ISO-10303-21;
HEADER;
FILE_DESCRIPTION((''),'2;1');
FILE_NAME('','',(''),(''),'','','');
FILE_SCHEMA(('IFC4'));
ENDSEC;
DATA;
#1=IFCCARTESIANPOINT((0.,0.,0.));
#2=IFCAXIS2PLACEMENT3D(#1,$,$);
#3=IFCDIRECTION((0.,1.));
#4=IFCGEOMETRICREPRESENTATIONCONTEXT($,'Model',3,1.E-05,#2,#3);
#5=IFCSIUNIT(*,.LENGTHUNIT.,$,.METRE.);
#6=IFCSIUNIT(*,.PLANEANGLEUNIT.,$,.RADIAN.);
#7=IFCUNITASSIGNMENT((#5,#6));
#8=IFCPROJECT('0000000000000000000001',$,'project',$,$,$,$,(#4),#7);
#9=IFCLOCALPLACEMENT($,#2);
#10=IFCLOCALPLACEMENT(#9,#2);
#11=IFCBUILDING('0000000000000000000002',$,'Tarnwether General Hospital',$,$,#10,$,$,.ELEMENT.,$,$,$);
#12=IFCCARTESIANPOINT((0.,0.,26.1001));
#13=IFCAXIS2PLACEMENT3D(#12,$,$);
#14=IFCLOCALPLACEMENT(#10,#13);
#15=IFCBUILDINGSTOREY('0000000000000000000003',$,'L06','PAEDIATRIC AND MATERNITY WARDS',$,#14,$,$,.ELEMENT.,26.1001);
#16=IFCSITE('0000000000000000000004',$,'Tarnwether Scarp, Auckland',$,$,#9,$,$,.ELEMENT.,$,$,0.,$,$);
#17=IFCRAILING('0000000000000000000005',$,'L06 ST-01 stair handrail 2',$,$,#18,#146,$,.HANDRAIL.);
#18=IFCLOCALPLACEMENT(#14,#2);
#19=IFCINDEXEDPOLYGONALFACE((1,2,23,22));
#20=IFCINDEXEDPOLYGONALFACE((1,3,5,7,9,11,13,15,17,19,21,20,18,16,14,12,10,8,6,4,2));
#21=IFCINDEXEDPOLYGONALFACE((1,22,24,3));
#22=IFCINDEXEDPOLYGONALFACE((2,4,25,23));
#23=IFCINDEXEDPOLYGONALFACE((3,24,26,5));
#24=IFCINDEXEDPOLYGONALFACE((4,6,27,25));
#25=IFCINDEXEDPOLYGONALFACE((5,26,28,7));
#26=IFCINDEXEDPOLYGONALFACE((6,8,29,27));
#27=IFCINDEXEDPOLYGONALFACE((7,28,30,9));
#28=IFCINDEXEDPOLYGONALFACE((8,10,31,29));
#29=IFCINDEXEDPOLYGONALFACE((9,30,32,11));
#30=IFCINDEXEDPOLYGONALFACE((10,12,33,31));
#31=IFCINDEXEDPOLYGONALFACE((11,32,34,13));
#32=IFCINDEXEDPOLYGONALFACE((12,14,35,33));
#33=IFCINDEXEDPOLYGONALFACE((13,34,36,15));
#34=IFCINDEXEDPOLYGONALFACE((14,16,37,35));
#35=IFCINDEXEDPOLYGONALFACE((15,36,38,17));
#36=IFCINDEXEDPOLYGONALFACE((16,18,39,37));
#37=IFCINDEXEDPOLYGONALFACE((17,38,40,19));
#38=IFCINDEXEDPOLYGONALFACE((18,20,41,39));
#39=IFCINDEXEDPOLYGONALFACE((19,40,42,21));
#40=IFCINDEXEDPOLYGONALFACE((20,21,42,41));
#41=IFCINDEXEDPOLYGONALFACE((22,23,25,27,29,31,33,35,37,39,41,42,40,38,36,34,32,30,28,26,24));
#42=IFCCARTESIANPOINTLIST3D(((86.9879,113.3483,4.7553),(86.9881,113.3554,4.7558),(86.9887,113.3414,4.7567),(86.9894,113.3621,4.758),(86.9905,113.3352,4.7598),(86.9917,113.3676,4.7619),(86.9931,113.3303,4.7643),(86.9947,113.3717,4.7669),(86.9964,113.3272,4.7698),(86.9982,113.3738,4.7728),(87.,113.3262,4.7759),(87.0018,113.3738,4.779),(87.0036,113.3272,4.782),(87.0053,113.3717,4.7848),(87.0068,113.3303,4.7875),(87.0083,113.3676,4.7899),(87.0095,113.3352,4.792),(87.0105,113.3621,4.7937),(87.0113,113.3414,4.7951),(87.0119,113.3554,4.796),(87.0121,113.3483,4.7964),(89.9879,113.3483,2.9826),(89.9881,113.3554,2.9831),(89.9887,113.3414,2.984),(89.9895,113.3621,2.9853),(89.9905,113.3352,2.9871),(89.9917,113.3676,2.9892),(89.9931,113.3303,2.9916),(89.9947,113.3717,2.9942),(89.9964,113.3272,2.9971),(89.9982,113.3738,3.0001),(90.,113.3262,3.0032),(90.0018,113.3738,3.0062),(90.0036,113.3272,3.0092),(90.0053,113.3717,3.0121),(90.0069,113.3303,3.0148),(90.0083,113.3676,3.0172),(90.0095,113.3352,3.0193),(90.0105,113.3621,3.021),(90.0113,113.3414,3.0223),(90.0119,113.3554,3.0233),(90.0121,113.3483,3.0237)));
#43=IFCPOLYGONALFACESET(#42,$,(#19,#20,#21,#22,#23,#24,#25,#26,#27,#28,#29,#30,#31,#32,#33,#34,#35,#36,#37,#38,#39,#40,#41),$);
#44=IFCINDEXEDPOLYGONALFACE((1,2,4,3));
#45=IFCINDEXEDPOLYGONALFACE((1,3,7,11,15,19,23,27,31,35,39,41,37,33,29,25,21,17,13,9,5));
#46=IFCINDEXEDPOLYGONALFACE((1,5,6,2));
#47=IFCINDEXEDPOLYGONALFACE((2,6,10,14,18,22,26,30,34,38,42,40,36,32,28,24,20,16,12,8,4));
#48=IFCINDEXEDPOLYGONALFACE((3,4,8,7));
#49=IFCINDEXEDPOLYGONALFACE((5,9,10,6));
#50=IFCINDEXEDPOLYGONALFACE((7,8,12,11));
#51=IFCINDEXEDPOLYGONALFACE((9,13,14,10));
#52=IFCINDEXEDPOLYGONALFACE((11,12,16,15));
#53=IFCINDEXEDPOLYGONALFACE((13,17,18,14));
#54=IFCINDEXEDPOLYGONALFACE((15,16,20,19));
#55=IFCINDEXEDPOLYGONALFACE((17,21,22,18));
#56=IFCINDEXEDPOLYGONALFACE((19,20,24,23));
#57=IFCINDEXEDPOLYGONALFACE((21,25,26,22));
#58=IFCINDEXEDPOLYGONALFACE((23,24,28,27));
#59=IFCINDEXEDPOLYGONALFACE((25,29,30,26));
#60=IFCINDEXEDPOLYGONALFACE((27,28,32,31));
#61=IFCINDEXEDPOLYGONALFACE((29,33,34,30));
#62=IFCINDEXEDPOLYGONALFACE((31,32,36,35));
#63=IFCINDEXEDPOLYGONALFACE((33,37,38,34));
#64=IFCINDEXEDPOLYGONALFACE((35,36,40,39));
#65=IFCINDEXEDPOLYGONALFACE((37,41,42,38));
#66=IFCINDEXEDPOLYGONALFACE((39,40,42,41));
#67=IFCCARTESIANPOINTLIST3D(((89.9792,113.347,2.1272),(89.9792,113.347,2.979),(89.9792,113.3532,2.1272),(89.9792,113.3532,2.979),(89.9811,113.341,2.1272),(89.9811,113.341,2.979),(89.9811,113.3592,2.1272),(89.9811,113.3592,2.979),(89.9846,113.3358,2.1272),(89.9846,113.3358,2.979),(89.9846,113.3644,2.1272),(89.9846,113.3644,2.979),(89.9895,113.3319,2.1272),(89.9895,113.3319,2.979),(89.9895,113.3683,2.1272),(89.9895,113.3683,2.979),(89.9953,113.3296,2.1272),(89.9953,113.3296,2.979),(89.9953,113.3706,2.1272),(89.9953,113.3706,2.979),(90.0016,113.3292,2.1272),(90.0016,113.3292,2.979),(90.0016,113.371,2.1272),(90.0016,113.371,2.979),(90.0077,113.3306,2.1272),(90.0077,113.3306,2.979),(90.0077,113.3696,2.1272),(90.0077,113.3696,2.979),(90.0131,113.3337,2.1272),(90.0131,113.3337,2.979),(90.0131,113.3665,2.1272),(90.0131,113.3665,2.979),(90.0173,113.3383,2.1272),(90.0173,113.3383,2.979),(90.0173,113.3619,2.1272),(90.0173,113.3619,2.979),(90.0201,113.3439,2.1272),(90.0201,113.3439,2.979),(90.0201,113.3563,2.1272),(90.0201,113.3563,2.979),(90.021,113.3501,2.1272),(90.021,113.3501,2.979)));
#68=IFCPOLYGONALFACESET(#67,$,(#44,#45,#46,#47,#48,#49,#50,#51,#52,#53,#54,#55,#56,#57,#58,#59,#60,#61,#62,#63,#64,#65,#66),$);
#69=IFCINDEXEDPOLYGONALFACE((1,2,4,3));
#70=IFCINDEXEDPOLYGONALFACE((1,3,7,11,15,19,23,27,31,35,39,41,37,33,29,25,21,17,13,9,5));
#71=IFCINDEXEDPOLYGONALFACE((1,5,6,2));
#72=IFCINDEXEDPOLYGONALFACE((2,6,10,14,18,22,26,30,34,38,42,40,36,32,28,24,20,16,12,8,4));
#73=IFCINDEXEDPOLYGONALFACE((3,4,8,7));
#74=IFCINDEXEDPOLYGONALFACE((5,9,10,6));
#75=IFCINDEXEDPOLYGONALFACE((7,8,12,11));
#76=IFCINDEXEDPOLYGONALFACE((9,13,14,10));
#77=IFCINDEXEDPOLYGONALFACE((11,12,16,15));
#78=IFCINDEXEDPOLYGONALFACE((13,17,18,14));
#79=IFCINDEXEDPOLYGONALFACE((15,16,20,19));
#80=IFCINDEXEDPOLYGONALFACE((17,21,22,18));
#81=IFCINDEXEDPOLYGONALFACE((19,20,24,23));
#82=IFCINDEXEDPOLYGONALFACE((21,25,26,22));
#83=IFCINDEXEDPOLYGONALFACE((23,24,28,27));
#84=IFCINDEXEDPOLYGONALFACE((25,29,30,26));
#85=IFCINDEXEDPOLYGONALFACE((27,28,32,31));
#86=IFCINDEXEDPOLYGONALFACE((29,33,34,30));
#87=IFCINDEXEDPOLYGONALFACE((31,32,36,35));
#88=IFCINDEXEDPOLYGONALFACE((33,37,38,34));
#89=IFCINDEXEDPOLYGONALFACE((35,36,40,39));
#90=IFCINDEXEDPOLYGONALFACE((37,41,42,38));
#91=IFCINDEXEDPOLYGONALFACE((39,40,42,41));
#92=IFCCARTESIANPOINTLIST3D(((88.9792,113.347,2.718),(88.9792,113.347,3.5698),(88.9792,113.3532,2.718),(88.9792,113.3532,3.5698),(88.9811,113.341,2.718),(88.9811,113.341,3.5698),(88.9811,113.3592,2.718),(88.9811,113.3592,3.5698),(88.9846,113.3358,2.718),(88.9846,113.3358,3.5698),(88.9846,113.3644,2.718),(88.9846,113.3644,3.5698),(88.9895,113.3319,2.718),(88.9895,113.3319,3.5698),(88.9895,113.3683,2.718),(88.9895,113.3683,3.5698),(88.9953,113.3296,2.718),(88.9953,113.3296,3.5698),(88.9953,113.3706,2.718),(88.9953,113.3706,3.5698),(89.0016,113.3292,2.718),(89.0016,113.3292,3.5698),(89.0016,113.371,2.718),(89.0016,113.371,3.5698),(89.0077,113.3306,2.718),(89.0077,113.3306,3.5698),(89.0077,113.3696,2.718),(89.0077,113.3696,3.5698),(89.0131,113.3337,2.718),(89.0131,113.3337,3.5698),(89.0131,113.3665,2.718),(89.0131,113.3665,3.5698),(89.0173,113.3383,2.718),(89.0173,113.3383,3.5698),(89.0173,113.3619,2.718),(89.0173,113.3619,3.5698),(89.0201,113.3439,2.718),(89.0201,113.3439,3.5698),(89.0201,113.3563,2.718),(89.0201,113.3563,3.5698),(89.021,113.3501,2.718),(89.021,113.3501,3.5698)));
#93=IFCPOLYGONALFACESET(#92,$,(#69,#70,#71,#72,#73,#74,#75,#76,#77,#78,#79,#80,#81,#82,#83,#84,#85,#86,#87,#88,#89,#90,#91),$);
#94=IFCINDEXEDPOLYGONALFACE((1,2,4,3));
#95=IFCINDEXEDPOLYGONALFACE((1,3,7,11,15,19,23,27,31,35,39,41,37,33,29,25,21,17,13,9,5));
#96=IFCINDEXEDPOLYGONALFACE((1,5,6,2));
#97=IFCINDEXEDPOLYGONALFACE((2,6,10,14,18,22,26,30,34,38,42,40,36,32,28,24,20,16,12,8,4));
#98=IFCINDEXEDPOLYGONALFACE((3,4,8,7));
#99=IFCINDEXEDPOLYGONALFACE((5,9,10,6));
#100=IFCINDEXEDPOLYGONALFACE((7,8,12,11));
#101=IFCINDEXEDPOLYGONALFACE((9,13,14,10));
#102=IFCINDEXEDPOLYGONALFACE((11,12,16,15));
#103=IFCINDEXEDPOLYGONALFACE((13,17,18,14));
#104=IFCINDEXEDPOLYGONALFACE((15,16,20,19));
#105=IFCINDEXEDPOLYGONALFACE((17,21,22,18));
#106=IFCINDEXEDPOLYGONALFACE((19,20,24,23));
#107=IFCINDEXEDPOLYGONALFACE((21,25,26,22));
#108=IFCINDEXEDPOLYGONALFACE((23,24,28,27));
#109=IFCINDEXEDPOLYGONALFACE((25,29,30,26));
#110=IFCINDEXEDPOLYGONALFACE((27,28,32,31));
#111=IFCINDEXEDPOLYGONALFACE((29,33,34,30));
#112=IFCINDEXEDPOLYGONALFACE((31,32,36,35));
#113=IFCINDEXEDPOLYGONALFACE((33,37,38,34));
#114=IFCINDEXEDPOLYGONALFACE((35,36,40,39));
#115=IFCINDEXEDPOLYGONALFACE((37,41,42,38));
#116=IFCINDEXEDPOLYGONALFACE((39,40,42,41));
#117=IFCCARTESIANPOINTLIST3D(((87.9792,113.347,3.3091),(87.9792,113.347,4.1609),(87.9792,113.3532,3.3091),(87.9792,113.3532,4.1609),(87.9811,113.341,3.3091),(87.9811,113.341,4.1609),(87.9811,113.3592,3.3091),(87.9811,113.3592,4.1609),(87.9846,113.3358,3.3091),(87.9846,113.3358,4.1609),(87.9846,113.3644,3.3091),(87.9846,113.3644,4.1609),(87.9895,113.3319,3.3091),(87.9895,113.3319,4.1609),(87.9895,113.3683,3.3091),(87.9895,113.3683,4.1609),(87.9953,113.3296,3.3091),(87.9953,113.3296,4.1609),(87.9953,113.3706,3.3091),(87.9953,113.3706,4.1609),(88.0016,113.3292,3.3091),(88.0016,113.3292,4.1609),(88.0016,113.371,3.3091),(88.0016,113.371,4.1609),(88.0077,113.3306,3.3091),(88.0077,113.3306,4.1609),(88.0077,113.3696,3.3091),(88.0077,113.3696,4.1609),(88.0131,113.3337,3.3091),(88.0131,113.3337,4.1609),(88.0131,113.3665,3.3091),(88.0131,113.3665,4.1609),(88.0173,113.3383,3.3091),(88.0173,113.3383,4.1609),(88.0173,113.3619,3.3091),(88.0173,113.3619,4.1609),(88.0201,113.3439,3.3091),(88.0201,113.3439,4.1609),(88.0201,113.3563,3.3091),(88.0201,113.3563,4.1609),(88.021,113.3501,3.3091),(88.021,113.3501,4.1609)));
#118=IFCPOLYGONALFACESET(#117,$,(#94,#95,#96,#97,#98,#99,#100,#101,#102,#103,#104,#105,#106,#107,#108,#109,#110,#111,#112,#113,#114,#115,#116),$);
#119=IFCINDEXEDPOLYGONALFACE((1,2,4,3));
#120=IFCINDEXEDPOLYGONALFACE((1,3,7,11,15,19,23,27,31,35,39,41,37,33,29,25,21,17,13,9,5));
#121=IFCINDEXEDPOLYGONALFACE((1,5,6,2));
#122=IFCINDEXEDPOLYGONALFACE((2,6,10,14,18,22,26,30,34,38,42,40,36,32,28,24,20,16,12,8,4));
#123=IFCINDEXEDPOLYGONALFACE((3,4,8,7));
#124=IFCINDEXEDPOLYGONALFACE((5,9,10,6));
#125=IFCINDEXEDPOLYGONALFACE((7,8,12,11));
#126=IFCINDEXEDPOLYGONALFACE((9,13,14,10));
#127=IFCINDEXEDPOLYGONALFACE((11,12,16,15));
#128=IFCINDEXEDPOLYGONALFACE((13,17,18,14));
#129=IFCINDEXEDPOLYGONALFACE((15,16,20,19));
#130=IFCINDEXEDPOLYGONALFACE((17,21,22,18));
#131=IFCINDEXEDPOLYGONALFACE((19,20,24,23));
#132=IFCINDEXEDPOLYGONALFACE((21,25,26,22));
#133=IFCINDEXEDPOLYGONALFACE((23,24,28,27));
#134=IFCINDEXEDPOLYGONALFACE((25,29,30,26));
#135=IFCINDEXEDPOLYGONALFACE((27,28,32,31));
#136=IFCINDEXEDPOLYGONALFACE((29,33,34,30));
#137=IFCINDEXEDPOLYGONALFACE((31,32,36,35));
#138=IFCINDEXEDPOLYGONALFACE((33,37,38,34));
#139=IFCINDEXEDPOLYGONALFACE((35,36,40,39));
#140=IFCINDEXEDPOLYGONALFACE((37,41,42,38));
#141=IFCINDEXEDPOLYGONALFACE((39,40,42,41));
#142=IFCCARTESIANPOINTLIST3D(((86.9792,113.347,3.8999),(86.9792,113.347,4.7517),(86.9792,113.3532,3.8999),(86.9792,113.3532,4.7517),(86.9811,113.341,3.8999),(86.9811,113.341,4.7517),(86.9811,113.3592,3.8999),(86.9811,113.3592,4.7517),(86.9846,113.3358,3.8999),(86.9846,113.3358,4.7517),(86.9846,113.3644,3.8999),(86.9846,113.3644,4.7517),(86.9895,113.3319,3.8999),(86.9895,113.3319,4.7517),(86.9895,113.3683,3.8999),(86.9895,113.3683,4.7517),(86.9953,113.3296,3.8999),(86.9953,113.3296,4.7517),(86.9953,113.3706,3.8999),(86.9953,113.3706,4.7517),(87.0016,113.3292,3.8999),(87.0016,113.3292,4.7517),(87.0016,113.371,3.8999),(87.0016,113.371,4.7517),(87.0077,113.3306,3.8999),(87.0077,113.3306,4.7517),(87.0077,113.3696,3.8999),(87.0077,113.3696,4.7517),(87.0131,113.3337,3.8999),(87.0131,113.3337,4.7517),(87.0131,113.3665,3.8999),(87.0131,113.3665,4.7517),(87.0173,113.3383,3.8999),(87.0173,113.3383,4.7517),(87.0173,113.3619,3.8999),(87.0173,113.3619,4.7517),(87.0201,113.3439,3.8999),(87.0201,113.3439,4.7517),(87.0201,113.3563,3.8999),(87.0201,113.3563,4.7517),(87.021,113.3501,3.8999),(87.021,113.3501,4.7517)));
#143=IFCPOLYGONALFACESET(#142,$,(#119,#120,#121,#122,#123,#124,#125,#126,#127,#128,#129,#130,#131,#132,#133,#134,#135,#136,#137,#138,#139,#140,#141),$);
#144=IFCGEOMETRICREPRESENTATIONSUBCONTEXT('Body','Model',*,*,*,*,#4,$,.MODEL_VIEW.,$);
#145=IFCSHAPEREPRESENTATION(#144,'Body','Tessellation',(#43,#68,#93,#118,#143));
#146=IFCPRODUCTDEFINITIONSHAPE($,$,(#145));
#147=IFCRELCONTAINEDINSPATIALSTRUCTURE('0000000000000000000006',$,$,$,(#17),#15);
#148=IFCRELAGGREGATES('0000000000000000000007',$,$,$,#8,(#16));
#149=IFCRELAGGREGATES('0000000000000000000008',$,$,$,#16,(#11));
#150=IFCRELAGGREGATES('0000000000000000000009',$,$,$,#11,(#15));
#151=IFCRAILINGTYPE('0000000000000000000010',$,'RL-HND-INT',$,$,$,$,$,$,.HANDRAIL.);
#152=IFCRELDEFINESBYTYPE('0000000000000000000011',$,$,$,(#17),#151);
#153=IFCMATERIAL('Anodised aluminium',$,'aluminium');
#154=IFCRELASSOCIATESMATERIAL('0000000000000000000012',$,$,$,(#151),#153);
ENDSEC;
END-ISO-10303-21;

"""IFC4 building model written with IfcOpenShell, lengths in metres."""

from ifc_helpers import new_model, si_unit, direction, frame, origin, origin_2d, place, context, subcontext, project, spatial, circle, extrude, material, type_object, element, save


model = new_model("IFC4")

# Units and contexts
model_context = context("Model", 3, precision=1e-05, world=origin(), true_north=direction((0.0, 1.0)))
body_context = subcontext(model_context, "Body", "Model", "MODEL_VIEW")
ifc_project = project(units=[si_unit("LENGTHUNIT", "METRE"), si_unit("PLANEANGLEUNIT", "RADIAN")], contexts=[model_context])

# Site, building, storey
site_placement = place(None, origin())
site = spatial("IfcSite", under=ifc_project, at=site_placement, Name="Tarnwether Scarp, Auckland", CompositionType="ELEMENT", RefElevation=0.0)
building_placement = place(site_placement, origin())
building = spatial("IfcBuilding", under=site, at=building_placement, Name="Tarnwether General Hospital", CompositionType="ELEMENT")
storey_placement = place(building_placement, frame((0.0, 0.0, 26.1001)))
storey = spatial("IfcBuildingStorey", under=building, at=storey_placement, Name="L06", Description="PAEDIATRIC AND MATERNITY WARDS", CompositionType="ELEMENT", Elevation=26.1001)

# Railing
ifc_material_1 = material(Name="Anodised aluminium", Category="aluminium")
railing_type_1 = type_object("IfcRailingType", Name="RL-HND-INT", PredefinedType="HANDRAIL", material=ifc_material_1)
railing_1_placement = place(storey_placement, frame((90.0, 113.3501, 2.1272)))
element("IfcRailing", 1, at=railing_1_placement, inside=storey, type_object=railing_type_1, Name="L06 ST-01 stair handrail 2", PredefinedType="HANDRAIL", context=body_context, shape_type="SweptSolid", body=[
    extrude(circle(Radius=0.0239, at=origin_2d()), frame((0.0, 0.0, 0.876), z_axis=(-0.860929, 0.0, 0.508725), x_axis=(0.0, -1.0, 0.0)), (0.0, 0.0, 1.0), 3.4846),
    extrude(circle(Radius=0.021, at=origin_2d()), origin(), (0.0, 0.0, 1.0), 0.8518),
    extrude(circle(Radius=0.021, at=origin_2d()), frame((-1.0, 0.0, 0.5908)), (0.0, 0.0, 1.0), 0.8518),
    extrude(circle(Radius=0.021, at=origin_2d()), frame((-2.0, 0.0, 1.1819)), (0.0, 0.0, 1.0), 0.8518),
    extrude(circle(Radius=0.021, at=origin_2d()), frame((-3.0, 0.0, 1.7727)), (0.0, 0.0, 1.0), 0.8518),
])

save(model, "model.ifc")
